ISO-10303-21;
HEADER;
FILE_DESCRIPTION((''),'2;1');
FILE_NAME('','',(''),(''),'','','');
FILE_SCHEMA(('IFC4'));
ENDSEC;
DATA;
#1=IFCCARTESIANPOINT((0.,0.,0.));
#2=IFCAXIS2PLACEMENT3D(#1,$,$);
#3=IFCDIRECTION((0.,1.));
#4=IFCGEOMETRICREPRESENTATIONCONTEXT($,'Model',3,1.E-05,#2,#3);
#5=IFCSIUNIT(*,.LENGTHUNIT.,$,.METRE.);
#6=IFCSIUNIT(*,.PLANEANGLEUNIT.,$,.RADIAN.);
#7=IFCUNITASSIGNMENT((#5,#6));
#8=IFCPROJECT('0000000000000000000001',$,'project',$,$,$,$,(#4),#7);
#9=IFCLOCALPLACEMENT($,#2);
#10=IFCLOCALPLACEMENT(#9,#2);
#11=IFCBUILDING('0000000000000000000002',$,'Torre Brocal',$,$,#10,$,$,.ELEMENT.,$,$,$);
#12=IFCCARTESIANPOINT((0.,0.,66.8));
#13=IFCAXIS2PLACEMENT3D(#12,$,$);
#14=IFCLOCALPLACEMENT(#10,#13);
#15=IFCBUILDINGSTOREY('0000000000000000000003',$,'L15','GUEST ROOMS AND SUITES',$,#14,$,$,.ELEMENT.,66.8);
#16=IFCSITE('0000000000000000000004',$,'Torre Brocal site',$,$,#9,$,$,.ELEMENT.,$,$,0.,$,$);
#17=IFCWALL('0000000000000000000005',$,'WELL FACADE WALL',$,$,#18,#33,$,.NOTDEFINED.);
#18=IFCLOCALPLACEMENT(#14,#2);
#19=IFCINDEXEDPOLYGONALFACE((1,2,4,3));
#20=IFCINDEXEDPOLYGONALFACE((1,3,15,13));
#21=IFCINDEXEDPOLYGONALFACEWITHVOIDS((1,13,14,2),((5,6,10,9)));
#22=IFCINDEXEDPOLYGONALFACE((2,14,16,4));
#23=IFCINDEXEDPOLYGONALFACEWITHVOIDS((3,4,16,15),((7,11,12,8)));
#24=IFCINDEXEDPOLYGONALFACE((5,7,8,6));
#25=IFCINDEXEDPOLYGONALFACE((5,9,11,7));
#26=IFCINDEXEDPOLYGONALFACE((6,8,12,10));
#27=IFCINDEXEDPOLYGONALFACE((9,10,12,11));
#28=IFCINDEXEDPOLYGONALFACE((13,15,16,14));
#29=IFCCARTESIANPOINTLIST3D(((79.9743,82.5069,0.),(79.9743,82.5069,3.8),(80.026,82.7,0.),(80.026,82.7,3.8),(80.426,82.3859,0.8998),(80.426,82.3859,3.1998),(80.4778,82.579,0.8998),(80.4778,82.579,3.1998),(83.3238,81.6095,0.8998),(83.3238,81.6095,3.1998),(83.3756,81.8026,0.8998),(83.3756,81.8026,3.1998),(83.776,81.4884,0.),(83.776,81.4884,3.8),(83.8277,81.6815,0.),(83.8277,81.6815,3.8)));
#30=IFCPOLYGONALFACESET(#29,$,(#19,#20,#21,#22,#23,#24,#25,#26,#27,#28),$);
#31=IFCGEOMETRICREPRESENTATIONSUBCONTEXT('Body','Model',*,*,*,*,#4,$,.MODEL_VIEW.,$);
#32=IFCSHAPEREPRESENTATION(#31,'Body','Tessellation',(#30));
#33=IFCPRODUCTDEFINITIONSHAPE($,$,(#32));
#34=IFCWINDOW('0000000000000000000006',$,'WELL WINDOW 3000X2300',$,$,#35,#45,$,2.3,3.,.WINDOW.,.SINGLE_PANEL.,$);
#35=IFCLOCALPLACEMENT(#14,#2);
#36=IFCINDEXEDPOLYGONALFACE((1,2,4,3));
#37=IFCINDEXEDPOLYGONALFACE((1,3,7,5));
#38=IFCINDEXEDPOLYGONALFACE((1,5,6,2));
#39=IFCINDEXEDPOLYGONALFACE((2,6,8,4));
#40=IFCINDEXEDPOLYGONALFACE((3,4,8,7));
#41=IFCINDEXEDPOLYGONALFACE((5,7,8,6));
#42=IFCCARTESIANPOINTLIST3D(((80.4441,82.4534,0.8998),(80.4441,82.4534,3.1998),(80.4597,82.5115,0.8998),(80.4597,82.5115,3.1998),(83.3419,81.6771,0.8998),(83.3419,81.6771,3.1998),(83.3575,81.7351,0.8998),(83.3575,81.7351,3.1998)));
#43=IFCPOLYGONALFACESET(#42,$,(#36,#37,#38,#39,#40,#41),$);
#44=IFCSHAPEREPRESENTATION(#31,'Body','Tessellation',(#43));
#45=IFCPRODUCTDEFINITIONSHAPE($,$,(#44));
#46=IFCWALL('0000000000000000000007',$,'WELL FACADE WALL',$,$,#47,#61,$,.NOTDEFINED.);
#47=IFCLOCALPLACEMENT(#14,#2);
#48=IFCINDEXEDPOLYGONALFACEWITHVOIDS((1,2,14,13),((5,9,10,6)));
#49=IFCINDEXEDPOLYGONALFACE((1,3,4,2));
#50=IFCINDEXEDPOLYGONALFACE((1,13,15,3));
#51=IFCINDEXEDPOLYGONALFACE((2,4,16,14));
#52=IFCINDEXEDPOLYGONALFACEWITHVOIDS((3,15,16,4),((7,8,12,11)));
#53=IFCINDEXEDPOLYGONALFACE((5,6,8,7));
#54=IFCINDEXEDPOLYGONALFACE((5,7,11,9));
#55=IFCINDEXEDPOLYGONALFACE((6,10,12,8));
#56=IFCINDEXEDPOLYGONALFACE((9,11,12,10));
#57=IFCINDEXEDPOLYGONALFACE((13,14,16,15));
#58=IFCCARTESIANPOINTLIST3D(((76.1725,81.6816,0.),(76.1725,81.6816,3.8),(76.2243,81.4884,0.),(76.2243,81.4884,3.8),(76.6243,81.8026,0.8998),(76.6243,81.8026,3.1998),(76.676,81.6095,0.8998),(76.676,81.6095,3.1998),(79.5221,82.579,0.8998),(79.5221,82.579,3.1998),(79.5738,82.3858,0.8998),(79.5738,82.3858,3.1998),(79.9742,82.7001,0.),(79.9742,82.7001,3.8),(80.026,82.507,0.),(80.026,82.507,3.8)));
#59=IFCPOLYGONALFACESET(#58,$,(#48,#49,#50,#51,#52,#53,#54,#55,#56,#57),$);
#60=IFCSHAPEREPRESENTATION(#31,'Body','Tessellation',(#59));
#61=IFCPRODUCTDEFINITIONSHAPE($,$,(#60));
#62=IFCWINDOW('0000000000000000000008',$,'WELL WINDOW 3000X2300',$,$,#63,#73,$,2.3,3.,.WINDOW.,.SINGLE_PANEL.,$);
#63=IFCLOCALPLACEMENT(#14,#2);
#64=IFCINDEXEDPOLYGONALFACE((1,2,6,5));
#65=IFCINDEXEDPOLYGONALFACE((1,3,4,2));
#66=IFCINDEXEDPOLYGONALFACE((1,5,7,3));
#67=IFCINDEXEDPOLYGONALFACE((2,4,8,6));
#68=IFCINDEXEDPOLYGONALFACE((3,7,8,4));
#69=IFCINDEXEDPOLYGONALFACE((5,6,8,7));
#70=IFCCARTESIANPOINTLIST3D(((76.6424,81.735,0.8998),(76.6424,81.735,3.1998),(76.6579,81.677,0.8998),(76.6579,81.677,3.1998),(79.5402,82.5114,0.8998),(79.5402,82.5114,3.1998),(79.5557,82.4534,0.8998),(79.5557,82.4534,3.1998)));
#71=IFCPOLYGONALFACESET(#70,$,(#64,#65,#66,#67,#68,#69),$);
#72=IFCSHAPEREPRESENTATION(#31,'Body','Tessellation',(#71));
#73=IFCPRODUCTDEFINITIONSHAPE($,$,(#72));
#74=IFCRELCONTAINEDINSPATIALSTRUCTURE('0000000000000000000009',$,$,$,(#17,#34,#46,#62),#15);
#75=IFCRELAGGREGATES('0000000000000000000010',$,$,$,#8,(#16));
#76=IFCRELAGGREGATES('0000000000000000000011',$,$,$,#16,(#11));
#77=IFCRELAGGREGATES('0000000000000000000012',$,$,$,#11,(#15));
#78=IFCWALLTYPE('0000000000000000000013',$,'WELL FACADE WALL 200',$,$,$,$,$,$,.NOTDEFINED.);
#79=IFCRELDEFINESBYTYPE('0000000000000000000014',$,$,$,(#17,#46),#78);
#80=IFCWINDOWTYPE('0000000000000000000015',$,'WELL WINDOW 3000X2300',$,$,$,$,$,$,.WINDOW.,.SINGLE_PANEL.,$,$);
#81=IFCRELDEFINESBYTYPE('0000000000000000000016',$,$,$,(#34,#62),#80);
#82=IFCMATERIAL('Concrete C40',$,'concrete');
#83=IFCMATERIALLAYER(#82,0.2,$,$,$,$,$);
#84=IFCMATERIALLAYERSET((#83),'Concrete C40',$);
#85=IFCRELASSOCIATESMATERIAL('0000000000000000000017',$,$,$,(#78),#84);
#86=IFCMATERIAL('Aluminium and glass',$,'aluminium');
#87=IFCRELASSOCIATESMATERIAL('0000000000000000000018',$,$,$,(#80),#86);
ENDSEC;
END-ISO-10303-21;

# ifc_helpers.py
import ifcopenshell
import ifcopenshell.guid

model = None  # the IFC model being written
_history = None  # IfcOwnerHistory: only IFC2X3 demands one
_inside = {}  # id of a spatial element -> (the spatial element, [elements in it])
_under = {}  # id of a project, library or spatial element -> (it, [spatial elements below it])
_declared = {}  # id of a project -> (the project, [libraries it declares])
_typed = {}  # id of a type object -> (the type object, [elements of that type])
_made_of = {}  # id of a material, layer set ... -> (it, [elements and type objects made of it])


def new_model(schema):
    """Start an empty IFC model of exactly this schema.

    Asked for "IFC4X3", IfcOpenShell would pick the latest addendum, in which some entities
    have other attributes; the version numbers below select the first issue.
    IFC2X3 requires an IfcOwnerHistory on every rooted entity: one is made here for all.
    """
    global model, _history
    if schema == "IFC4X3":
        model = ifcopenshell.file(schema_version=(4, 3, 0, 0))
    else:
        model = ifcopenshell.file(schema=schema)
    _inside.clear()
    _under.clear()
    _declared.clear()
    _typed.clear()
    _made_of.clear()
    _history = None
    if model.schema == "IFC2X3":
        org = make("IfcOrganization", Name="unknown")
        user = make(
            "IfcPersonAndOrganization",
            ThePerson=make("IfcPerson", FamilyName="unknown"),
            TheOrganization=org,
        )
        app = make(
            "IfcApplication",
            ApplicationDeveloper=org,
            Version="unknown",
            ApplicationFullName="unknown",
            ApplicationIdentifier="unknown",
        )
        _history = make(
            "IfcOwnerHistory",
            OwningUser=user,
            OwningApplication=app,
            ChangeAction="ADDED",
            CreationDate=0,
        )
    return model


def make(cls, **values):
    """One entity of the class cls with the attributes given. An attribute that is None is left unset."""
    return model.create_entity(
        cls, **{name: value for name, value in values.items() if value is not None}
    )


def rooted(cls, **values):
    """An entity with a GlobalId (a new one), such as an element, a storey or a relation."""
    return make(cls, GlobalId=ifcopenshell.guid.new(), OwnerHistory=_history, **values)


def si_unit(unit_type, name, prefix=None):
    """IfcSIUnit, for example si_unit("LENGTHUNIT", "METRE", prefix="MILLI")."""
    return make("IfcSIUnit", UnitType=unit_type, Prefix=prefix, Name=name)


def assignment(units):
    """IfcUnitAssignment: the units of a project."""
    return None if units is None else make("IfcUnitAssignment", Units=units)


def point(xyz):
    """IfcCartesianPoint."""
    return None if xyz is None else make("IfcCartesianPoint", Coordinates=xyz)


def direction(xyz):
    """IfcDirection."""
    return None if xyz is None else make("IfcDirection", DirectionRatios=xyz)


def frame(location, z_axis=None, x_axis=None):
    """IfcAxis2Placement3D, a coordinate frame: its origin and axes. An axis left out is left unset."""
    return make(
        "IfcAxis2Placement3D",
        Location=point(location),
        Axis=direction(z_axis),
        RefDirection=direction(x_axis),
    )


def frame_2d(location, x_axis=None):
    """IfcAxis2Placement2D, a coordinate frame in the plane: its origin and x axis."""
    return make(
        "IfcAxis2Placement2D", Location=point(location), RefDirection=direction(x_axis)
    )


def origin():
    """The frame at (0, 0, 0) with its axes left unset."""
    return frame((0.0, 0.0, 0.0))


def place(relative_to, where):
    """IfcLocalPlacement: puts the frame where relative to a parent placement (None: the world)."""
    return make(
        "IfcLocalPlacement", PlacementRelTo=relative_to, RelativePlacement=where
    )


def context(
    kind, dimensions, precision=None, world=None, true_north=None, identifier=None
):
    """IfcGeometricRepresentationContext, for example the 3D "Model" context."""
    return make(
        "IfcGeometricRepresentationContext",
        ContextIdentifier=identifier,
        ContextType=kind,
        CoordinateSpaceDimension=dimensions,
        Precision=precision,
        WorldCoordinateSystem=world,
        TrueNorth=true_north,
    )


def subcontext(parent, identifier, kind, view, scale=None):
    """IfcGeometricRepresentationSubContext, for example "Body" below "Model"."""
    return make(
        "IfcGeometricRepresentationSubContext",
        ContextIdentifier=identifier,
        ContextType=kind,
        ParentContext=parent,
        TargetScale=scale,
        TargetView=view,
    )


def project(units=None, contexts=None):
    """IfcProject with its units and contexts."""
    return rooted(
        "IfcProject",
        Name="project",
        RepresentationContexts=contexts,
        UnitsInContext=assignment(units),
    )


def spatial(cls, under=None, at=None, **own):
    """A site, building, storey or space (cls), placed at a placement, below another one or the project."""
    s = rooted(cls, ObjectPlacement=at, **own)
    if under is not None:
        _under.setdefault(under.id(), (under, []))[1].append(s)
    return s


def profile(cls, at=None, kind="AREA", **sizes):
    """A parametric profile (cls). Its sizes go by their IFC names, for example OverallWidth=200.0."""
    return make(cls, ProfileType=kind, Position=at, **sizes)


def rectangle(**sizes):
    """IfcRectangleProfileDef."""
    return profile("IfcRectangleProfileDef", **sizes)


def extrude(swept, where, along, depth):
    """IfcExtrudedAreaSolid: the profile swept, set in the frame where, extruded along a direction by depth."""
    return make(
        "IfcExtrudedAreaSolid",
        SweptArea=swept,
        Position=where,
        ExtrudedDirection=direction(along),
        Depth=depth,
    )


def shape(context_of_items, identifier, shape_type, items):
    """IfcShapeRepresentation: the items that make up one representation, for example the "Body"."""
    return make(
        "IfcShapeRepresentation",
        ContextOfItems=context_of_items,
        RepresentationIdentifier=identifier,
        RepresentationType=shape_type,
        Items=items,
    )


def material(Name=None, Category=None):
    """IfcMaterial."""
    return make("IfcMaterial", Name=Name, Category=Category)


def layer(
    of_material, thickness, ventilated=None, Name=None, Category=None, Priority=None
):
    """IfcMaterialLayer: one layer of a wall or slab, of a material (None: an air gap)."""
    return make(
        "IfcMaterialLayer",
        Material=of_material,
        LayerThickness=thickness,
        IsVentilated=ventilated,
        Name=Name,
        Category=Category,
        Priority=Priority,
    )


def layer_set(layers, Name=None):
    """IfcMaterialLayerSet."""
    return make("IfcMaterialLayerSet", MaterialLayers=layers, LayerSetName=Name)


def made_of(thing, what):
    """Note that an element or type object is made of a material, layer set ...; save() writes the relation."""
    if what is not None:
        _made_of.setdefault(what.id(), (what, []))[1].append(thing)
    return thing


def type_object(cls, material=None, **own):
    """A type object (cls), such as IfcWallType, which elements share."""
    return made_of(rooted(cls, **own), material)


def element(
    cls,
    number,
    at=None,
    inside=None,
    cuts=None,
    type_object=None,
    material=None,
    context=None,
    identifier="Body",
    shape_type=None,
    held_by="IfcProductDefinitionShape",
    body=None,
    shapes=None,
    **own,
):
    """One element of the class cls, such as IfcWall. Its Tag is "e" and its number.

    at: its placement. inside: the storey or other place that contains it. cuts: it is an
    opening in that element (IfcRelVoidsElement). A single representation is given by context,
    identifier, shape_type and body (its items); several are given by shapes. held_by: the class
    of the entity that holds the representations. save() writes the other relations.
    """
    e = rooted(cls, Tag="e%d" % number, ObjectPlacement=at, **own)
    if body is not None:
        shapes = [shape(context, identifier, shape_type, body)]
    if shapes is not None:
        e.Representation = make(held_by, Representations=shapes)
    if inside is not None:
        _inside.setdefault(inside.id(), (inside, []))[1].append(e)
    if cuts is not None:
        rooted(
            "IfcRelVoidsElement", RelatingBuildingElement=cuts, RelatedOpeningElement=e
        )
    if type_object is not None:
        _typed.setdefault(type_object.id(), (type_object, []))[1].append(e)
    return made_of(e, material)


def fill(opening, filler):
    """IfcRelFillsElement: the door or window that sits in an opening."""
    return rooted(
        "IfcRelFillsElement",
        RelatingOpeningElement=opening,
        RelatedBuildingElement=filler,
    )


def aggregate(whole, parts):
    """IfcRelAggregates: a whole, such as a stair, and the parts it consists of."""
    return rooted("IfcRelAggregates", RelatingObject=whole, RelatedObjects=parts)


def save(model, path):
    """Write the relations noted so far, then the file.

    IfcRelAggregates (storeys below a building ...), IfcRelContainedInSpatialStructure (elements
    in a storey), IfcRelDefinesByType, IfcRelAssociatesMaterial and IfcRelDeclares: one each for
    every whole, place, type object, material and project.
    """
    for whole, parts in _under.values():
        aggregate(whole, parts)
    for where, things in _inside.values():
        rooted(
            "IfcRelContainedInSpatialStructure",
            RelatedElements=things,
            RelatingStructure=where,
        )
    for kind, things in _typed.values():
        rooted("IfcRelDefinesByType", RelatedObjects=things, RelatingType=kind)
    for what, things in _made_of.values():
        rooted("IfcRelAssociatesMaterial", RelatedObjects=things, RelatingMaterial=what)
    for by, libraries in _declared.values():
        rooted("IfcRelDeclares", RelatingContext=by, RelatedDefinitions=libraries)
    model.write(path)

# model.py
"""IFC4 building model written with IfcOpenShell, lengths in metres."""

from ifc_helpers import new_model, si_unit, direction, frame, frame_2d, origin, place, context, subcontext, project, spatial, rectangle, extrude, material, layer, layer_set, type_object, element, fill, save


model = new_model("IFC4")

# Units and contexts
model_context = context("Model", 3, precision=1e-05, world=origin(), true_north=direction((0.0, 1.0)))
body_context = subcontext(model_context, "Body", "Model", "MODEL_VIEW")
ifc_project = project(units=[si_unit("LENGTHUNIT", "METRE"), si_unit("PLANEANGLEUNIT", "RADIAN")], contexts=[model_context])

# Site, building, storey
site_placement = place(None, origin())
site = spatial("IfcSite", under=ifc_project, at=site_placement, Name="Torre Brocal site", CompositionType="ELEMENT", RefElevation=0.0)
building_placement = place(site_placement, origin())
building = spatial("IfcBuilding", under=site, at=building_placement, Name="Torre Brocal", CompositionType="ELEMENT")
storey_placement = place(building_placement, frame((0.0, 0.0, 66.8)))
storey = spatial("IfcBuildingStorey", under=building, at=storey_placement, Name="L15", Description="GUEST ROOMS AND SUITES", CompositionType="ELEMENT", Elevation=66.8)

# Walls, openings, windows
ifc_material_1 = material(Name="Concrete C40", Category="concrete")
ifc_layer_1 = layer(ifc_material_1, 0.2)
ifc_layer_set_1 = layer_set([ifc_layer_1], Name="Concrete C40")
wall_type_1 = type_object("IfcWallType", Name="WELL FACADE WALL 200", PredefinedType="NOTDEFINED", material=ifc_layer_set_1)
wall_1_placement = place(storey_placement, frame((83.8018, 81.585, 0.0), z_axis=(0.0, 0.0, 1.0), x_axis=(-0.965934, 0.25879, 0.0)))
wall_1 = element("IfcWall", 1, at=wall_1_placement, inside=storey, type_object=wall_type_1, Name="WELL FACADE WALL", PredefinedType="NOTDEFINED", context=body_context, shape_type="SweptSolid", body=[
    extrude(rectangle(XDim=3.9358, YDim=0.2, at=frame_2d((1.9678, 0.0))), origin(), (0.0, 0.0, 1.0), 3.8),
])
opening_1_placement = place(wall_1_placement, frame((0.468, 0.0, 0.8999)))
opening_1 = element("IfcOpeningElement", 2, at=opening_1_placement, cuts=wall_1, PredefinedType="OPENING", context=body_context, shape_type="SweptSolid", body=[
    extrude(rectangle(XDim=3.0, YDim=2.3, at=frame_2d((1.5, 1.1499))), frame((0.0, 0.1099, 0.0), z_axis=(0.0, -1.0, 0.0), x_axis=(1.0, 0.0, 0.0)), (0.0, 0.0, 1.0), 0.22),
])
ifc_material_2 = material(Name="Aluminium and glass", Category="aluminium")
window_type = type_object("IfcWindowType", Name="WELL WINDOW 3000X2300", PartitioningType="SINGLE_PANEL", PredefinedType="WINDOW", material=ifc_material_2)
window_1_placement = place(opening_1_placement, origin())
window_1 = element("IfcWindow", 3, at=window_1_placement, inside=storey, type_object=window_type, Name="WELL WINDOW 3000X2300", OverallHeight=2.3, OverallWidth=3.0, PartitioningType="SINGLE_PANEL", PredefinedType="WINDOW", context=body_context, shape_type="SweptSolid", body=[
    extrude(rectangle(XDim=3.0, YDim=2.3, at=frame_2d((1.5, 1.1499))), frame((0.0, 0.03, 0.0), z_axis=(0.0, -1.0, 0.0), x_axis=(1.0, 0.0, 0.0)), (0.0, 0.0, 1.0), 0.0601),
])
fill(opening_1, window_1)
wall_2_placement = place(storey_placement, frame((80.0, 82.6035, 0.0), z_axis=(0.0, 0.0, 1.0), x_axis=(-0.965934, -0.25879, 0.0)))
wall_2 = element("IfcWall", 4, at=wall_2_placement, inside=storey, type_object=wall_type_1, Name="WELL FACADE WALL", PredefinedType="NOTDEFINED", context=body_context, shape_type="SweptSolid", body=[
    extrude(rectangle(XDim=3.9358, YDim=0.2, at=frame_2d((1.9678, 0.0))), origin(), (0.0, 0.0, 1.0), 3.8),
])
opening_2_placement = place(wall_2_placement, frame((0.468, 0.0, 0.8999)))
opening_2 = element("IfcOpeningElement", 5, at=opening_2_placement, cuts=wall_2, PredefinedType="OPENING", context=body_context, shape_type="SweptSolid", body=[
    extrude(rectangle(XDim=3.0, YDim=2.3, at=frame_2d((1.5, 1.1499))), frame((0.0, 0.1099, 0.0), z_axis=(0.0, -1.0, 0.0), x_axis=(1.0, 0.0, 0.0)), (0.0, 0.0, 1.0), 0.22),
])
window_2_placement = place(opening_2_placement, origin())
window_2 = element("IfcWindow", 6, at=window_2_placement, inside=storey, type_object=window_type, Name="WELL WINDOW 3000X2300", OverallHeight=2.3, OverallWidth=3.0, PartitioningType="SINGLE_PANEL", PredefinedType="WINDOW", context=body_context, shape_type="SweptSolid", body=[
    extrude(rectangle(XDim=3.0, YDim=2.3, at=frame_2d((1.5, 1.1499))), frame((0.0, 0.03, 0.0), z_axis=(0.0, -1.0, 0.0), x_axis=(1.0, 0.0, 0.0)), (0.0, 0.0, 1.0), 0.0601),
])
fill(opening_2, window_2)

save(model, "model.ifc")
